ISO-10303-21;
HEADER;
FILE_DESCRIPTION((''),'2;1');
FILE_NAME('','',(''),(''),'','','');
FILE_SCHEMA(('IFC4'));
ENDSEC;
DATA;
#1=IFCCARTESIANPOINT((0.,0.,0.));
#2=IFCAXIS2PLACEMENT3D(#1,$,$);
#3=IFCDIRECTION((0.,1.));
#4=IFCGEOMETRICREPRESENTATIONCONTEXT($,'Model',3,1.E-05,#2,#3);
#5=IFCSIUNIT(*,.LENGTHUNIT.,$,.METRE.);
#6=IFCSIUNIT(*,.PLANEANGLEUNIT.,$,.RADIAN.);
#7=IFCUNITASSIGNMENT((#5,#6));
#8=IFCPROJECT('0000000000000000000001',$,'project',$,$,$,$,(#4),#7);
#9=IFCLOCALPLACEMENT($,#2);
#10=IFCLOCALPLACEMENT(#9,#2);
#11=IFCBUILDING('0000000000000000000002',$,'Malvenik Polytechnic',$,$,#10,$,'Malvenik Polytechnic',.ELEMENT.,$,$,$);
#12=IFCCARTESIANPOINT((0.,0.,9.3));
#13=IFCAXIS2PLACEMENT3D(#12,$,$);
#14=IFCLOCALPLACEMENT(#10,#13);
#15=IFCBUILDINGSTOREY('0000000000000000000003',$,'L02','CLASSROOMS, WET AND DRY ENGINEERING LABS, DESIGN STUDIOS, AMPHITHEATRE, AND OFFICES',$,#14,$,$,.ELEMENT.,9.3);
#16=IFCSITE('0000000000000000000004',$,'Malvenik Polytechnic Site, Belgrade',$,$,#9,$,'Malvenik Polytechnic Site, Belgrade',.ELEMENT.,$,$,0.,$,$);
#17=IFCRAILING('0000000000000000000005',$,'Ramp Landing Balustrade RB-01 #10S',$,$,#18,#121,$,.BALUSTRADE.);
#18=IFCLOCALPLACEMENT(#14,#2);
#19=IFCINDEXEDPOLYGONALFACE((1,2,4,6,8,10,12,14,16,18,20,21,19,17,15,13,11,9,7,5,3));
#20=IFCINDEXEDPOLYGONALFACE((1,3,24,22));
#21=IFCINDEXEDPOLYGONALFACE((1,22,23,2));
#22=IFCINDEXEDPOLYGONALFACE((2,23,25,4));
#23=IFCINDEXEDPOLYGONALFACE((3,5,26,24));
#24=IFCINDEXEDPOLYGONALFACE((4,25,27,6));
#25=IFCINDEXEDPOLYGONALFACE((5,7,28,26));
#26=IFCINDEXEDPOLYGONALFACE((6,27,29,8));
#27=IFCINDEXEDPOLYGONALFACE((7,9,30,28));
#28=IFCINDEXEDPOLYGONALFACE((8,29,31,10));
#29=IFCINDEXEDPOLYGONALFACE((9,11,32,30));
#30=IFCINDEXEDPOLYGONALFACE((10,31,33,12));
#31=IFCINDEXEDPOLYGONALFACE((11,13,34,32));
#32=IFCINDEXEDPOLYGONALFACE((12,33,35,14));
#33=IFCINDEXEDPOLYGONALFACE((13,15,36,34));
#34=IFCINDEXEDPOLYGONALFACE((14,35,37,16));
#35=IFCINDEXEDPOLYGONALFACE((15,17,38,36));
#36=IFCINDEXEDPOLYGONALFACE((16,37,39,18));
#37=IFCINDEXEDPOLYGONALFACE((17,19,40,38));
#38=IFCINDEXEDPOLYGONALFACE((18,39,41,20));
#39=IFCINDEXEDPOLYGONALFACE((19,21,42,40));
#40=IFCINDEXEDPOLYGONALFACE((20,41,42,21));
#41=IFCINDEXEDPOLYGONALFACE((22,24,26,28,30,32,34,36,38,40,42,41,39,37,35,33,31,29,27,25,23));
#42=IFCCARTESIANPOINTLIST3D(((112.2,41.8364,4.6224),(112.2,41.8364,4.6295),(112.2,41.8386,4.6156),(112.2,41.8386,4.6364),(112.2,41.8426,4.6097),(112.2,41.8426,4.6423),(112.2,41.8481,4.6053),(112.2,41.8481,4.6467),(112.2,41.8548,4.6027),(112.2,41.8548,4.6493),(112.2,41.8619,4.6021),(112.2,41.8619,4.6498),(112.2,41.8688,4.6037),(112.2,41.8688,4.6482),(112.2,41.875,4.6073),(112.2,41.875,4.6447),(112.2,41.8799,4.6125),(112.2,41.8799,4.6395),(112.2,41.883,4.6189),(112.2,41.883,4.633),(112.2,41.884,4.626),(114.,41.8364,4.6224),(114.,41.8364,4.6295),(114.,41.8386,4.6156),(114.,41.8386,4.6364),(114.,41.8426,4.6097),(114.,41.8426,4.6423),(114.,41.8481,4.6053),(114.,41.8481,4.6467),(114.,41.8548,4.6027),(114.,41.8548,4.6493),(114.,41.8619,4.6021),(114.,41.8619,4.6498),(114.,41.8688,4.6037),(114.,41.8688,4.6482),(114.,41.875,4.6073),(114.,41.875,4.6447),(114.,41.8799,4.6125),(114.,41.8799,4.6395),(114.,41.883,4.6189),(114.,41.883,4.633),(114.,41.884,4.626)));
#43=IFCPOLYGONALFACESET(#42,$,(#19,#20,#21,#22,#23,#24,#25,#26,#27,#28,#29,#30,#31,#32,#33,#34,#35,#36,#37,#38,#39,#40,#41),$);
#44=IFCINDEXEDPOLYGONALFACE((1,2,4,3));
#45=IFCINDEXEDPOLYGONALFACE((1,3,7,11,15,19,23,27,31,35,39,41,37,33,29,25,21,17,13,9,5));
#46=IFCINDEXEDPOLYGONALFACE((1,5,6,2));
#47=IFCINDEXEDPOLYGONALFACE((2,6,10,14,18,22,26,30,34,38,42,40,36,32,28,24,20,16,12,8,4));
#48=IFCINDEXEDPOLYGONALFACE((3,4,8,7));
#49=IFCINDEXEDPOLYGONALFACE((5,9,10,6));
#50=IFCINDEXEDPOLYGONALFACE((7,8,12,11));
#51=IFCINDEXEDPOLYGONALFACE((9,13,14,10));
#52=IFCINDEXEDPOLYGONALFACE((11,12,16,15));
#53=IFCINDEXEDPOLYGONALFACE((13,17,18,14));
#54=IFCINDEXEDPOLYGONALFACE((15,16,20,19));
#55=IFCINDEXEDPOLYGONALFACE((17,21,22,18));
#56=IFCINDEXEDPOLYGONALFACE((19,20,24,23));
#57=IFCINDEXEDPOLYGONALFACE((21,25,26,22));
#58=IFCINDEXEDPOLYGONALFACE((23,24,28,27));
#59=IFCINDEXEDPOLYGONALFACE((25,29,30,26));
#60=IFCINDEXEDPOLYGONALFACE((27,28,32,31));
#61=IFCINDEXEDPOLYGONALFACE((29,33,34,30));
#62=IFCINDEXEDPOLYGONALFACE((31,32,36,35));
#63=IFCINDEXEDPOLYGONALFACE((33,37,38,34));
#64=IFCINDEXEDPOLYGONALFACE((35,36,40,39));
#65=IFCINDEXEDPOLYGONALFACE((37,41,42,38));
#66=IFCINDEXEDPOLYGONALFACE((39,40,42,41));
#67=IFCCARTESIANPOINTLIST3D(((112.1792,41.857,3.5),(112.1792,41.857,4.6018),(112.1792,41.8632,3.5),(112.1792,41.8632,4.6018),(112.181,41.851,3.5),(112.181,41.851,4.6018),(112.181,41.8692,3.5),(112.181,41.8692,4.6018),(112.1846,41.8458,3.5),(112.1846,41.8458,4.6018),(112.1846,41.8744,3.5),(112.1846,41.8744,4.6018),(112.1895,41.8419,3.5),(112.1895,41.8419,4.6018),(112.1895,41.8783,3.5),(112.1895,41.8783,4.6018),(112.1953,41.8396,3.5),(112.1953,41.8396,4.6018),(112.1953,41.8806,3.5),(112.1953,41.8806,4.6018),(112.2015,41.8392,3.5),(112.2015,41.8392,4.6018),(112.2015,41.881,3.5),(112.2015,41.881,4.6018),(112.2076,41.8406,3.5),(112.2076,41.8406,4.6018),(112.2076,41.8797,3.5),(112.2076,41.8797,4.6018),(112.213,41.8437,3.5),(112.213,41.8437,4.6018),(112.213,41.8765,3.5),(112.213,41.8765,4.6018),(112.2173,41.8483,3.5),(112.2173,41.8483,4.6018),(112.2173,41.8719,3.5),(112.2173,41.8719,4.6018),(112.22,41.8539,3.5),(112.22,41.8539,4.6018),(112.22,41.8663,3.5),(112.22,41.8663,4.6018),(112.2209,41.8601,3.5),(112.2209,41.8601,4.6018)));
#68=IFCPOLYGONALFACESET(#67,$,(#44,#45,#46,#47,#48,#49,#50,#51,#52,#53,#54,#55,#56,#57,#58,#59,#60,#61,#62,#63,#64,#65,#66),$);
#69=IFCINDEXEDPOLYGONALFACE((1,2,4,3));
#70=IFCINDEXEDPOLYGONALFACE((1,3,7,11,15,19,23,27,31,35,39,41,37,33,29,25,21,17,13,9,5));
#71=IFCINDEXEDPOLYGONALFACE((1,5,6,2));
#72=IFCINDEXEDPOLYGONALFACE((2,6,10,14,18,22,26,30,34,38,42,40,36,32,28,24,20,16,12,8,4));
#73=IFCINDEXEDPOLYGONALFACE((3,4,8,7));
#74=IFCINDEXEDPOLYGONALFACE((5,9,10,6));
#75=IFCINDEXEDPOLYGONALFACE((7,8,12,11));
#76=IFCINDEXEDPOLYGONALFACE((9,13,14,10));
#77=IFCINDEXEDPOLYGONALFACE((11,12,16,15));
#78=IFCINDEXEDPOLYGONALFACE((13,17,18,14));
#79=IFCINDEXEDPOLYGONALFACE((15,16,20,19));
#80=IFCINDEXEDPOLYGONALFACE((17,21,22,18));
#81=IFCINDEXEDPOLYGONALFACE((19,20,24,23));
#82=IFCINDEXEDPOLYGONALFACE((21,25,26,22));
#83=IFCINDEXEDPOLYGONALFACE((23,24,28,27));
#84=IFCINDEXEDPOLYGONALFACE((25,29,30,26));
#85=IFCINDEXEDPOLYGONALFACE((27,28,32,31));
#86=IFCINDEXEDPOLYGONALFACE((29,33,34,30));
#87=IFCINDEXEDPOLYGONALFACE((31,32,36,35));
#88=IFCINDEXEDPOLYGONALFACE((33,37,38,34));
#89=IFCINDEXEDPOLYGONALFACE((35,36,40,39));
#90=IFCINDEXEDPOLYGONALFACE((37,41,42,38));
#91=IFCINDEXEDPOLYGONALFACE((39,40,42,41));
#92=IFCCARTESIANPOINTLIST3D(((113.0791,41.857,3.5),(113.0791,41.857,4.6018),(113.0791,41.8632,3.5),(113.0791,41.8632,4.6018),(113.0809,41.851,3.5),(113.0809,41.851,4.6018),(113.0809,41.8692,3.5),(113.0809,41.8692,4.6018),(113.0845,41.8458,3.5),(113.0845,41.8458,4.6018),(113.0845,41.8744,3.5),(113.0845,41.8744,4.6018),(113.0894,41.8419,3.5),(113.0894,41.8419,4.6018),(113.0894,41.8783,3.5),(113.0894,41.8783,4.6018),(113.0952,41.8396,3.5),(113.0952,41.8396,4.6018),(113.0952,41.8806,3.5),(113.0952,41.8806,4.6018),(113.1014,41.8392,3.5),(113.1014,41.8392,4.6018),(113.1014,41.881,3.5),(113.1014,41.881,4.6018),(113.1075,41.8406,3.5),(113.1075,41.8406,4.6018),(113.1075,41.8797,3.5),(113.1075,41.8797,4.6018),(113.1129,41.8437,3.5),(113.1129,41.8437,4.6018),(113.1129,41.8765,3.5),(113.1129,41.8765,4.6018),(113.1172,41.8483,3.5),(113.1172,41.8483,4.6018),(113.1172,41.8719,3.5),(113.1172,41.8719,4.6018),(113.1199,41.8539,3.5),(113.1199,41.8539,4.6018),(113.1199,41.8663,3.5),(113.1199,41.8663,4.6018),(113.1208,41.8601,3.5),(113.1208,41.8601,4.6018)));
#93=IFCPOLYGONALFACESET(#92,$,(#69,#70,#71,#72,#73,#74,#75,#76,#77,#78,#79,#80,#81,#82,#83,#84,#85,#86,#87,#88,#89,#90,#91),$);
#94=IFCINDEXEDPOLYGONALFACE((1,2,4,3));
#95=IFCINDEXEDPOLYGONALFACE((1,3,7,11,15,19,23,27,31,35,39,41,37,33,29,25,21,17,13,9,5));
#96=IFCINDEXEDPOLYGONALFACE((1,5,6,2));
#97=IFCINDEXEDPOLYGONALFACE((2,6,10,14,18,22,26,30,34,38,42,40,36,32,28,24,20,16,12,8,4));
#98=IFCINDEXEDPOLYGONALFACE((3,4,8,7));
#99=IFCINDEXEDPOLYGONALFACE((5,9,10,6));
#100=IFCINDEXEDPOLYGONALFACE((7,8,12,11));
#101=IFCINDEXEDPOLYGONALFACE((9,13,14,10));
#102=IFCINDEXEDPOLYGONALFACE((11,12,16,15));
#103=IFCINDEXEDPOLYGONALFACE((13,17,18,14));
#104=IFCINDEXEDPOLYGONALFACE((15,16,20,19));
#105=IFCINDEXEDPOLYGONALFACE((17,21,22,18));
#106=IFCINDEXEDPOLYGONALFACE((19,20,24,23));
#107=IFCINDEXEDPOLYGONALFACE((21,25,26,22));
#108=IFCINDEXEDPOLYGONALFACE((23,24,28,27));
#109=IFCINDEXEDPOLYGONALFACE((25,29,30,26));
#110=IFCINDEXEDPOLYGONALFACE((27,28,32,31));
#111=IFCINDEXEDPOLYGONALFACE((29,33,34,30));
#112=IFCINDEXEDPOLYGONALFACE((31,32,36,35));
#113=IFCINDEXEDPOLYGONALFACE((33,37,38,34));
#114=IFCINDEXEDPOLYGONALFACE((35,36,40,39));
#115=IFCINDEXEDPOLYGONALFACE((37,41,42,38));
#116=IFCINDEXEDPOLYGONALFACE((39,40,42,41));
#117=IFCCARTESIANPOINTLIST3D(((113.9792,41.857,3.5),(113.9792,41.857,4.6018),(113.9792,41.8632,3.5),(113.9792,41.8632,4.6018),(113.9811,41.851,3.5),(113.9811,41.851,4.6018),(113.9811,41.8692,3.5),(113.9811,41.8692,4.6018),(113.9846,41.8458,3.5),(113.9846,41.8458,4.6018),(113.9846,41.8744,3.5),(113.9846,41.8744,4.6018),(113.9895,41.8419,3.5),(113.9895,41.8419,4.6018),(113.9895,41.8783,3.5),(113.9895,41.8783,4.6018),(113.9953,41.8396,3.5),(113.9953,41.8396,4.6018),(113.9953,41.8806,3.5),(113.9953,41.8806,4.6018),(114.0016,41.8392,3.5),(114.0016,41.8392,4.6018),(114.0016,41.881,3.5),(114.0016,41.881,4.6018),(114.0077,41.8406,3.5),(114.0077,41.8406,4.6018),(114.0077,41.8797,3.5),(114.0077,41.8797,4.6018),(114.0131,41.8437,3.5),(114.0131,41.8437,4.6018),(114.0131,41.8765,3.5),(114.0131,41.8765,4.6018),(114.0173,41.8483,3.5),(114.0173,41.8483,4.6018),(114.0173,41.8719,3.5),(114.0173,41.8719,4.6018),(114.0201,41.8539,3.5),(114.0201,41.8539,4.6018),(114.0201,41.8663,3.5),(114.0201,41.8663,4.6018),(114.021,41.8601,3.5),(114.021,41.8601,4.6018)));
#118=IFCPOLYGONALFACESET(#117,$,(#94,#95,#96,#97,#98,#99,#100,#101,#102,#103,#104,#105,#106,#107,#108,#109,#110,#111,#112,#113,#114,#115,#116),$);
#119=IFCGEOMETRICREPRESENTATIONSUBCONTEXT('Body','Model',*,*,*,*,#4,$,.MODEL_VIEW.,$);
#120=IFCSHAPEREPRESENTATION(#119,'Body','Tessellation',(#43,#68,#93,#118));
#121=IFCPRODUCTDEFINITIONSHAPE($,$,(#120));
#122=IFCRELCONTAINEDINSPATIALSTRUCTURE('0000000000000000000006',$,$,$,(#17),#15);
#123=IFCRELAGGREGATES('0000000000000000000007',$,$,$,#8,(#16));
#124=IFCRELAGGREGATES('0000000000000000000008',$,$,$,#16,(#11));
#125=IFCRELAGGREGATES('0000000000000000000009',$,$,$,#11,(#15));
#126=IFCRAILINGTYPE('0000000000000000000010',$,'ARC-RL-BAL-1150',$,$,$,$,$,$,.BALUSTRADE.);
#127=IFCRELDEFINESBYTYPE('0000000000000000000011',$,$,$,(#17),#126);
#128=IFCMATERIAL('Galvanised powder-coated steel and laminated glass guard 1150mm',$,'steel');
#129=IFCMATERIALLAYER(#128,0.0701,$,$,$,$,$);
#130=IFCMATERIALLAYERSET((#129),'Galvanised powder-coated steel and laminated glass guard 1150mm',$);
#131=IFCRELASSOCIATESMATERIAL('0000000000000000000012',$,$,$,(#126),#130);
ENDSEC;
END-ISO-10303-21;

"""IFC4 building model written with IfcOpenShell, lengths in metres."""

from ifc_helpers import new_model, si_unit, direction, frame, origin, origin_2d, place, context, subcontext, project, spatial, circle, extrude, material, layer, layer_set, type_object, element, save


model = new_model("IFC4")

# Units and contexts
model_context = context("Model", 3, precision=1e-05, world=origin(), true_north=direction((0.0, 1.0)))
body_context = subcontext(model_context, "Body", "Model", "MODEL_VIEW")
ifc_project = project(units=[si_unit("LENGTHUNIT", "METRE"), si_unit("PLANEANGLEUNIT", "RADIAN")], contexts=[model_context])

# Site, building, storey
site_placement = place(None, origin())
site = spatial("IfcSite", under=ifc_project, at=site_placement, Name="Malvenik Polytechnic Site, Belgrade", LongName="Malvenik Polytechnic Site, Belgrade", CompositionType="ELEMENT", RefElevation=0.0)
building_placement = place(site_placement, origin())
building = spatial("IfcBuilding", under=site, at=building_placement, Name="Malvenik Polytechnic", LongName="Malvenik Polytechnic", CompositionType="ELEMENT")
storey_placement = place(building_placement, frame((0.0, 0.0, 9.3)))
storey = spatial("IfcBuildingStorey", under=building, at=storey_placement, Name="L02", Description="CLASSROOMS, WET AND DRY ENGINEERING LABS, DESIGN STUDIOS, AMPHITHEATRE, AND OFFICES", CompositionType="ELEMENT", Elevation=9.3)

# Railing
ifc_material_1 = material(Name="Galvanised powder-coated steel and laminated glass guard 1150mm", Category="steel")
ifc_layer_1 = layer(ifc_material_1, 0.0701)
ifc_layer_set_1 = layer_set([ifc_layer_1], Name="Galvanised powder-coated steel and laminated glass guard 1150mm")
railing_type_1 = type_object("IfcRailingType", Name="ARC-RL-BAL-1150", PredefinedType="BALUSTRADE", material=ifc_layer_set_1)
railing_1_placement = place(storey_placement, frame((112.2, 41.8601, 3.5)))
element("IfcRailing", 1, at=railing_1_placement, inside=storey, type_object=railing_type_1, Name="Ramp Landing Balustrade RB-01 #10S", PredefinedType="BALUSTRADE", context=body_context, shape_type="SweptSolid", body=[
    extrude(circle(Radius=0.0239, at=origin_2d()), frame((0.0, 0.0, 1.126), z_axis=(1.0, 0.0, 0.0), x_axis=(0.0, 1.0, 0.0)), (0.0, 0.0, 1.0), 1.8),
    extrude(circle(Radius=0.021, at=origin_2d()), origin(), (0.0, 0.0, 1.0), 1.1018),
    extrude(circle(Radius=0.021, at=origin_2d()), frame((0.8999, 0.0, 0.0)), (0.0, 0.0, 1.0), 1.1018),
    extrude(circle(Radius=0.021, at=origin_2d()), frame((1.8, 0.0, 0.0)), (0.0, 0.0, 1.0), 1.1018),
])

save(model, "model.ifc")
